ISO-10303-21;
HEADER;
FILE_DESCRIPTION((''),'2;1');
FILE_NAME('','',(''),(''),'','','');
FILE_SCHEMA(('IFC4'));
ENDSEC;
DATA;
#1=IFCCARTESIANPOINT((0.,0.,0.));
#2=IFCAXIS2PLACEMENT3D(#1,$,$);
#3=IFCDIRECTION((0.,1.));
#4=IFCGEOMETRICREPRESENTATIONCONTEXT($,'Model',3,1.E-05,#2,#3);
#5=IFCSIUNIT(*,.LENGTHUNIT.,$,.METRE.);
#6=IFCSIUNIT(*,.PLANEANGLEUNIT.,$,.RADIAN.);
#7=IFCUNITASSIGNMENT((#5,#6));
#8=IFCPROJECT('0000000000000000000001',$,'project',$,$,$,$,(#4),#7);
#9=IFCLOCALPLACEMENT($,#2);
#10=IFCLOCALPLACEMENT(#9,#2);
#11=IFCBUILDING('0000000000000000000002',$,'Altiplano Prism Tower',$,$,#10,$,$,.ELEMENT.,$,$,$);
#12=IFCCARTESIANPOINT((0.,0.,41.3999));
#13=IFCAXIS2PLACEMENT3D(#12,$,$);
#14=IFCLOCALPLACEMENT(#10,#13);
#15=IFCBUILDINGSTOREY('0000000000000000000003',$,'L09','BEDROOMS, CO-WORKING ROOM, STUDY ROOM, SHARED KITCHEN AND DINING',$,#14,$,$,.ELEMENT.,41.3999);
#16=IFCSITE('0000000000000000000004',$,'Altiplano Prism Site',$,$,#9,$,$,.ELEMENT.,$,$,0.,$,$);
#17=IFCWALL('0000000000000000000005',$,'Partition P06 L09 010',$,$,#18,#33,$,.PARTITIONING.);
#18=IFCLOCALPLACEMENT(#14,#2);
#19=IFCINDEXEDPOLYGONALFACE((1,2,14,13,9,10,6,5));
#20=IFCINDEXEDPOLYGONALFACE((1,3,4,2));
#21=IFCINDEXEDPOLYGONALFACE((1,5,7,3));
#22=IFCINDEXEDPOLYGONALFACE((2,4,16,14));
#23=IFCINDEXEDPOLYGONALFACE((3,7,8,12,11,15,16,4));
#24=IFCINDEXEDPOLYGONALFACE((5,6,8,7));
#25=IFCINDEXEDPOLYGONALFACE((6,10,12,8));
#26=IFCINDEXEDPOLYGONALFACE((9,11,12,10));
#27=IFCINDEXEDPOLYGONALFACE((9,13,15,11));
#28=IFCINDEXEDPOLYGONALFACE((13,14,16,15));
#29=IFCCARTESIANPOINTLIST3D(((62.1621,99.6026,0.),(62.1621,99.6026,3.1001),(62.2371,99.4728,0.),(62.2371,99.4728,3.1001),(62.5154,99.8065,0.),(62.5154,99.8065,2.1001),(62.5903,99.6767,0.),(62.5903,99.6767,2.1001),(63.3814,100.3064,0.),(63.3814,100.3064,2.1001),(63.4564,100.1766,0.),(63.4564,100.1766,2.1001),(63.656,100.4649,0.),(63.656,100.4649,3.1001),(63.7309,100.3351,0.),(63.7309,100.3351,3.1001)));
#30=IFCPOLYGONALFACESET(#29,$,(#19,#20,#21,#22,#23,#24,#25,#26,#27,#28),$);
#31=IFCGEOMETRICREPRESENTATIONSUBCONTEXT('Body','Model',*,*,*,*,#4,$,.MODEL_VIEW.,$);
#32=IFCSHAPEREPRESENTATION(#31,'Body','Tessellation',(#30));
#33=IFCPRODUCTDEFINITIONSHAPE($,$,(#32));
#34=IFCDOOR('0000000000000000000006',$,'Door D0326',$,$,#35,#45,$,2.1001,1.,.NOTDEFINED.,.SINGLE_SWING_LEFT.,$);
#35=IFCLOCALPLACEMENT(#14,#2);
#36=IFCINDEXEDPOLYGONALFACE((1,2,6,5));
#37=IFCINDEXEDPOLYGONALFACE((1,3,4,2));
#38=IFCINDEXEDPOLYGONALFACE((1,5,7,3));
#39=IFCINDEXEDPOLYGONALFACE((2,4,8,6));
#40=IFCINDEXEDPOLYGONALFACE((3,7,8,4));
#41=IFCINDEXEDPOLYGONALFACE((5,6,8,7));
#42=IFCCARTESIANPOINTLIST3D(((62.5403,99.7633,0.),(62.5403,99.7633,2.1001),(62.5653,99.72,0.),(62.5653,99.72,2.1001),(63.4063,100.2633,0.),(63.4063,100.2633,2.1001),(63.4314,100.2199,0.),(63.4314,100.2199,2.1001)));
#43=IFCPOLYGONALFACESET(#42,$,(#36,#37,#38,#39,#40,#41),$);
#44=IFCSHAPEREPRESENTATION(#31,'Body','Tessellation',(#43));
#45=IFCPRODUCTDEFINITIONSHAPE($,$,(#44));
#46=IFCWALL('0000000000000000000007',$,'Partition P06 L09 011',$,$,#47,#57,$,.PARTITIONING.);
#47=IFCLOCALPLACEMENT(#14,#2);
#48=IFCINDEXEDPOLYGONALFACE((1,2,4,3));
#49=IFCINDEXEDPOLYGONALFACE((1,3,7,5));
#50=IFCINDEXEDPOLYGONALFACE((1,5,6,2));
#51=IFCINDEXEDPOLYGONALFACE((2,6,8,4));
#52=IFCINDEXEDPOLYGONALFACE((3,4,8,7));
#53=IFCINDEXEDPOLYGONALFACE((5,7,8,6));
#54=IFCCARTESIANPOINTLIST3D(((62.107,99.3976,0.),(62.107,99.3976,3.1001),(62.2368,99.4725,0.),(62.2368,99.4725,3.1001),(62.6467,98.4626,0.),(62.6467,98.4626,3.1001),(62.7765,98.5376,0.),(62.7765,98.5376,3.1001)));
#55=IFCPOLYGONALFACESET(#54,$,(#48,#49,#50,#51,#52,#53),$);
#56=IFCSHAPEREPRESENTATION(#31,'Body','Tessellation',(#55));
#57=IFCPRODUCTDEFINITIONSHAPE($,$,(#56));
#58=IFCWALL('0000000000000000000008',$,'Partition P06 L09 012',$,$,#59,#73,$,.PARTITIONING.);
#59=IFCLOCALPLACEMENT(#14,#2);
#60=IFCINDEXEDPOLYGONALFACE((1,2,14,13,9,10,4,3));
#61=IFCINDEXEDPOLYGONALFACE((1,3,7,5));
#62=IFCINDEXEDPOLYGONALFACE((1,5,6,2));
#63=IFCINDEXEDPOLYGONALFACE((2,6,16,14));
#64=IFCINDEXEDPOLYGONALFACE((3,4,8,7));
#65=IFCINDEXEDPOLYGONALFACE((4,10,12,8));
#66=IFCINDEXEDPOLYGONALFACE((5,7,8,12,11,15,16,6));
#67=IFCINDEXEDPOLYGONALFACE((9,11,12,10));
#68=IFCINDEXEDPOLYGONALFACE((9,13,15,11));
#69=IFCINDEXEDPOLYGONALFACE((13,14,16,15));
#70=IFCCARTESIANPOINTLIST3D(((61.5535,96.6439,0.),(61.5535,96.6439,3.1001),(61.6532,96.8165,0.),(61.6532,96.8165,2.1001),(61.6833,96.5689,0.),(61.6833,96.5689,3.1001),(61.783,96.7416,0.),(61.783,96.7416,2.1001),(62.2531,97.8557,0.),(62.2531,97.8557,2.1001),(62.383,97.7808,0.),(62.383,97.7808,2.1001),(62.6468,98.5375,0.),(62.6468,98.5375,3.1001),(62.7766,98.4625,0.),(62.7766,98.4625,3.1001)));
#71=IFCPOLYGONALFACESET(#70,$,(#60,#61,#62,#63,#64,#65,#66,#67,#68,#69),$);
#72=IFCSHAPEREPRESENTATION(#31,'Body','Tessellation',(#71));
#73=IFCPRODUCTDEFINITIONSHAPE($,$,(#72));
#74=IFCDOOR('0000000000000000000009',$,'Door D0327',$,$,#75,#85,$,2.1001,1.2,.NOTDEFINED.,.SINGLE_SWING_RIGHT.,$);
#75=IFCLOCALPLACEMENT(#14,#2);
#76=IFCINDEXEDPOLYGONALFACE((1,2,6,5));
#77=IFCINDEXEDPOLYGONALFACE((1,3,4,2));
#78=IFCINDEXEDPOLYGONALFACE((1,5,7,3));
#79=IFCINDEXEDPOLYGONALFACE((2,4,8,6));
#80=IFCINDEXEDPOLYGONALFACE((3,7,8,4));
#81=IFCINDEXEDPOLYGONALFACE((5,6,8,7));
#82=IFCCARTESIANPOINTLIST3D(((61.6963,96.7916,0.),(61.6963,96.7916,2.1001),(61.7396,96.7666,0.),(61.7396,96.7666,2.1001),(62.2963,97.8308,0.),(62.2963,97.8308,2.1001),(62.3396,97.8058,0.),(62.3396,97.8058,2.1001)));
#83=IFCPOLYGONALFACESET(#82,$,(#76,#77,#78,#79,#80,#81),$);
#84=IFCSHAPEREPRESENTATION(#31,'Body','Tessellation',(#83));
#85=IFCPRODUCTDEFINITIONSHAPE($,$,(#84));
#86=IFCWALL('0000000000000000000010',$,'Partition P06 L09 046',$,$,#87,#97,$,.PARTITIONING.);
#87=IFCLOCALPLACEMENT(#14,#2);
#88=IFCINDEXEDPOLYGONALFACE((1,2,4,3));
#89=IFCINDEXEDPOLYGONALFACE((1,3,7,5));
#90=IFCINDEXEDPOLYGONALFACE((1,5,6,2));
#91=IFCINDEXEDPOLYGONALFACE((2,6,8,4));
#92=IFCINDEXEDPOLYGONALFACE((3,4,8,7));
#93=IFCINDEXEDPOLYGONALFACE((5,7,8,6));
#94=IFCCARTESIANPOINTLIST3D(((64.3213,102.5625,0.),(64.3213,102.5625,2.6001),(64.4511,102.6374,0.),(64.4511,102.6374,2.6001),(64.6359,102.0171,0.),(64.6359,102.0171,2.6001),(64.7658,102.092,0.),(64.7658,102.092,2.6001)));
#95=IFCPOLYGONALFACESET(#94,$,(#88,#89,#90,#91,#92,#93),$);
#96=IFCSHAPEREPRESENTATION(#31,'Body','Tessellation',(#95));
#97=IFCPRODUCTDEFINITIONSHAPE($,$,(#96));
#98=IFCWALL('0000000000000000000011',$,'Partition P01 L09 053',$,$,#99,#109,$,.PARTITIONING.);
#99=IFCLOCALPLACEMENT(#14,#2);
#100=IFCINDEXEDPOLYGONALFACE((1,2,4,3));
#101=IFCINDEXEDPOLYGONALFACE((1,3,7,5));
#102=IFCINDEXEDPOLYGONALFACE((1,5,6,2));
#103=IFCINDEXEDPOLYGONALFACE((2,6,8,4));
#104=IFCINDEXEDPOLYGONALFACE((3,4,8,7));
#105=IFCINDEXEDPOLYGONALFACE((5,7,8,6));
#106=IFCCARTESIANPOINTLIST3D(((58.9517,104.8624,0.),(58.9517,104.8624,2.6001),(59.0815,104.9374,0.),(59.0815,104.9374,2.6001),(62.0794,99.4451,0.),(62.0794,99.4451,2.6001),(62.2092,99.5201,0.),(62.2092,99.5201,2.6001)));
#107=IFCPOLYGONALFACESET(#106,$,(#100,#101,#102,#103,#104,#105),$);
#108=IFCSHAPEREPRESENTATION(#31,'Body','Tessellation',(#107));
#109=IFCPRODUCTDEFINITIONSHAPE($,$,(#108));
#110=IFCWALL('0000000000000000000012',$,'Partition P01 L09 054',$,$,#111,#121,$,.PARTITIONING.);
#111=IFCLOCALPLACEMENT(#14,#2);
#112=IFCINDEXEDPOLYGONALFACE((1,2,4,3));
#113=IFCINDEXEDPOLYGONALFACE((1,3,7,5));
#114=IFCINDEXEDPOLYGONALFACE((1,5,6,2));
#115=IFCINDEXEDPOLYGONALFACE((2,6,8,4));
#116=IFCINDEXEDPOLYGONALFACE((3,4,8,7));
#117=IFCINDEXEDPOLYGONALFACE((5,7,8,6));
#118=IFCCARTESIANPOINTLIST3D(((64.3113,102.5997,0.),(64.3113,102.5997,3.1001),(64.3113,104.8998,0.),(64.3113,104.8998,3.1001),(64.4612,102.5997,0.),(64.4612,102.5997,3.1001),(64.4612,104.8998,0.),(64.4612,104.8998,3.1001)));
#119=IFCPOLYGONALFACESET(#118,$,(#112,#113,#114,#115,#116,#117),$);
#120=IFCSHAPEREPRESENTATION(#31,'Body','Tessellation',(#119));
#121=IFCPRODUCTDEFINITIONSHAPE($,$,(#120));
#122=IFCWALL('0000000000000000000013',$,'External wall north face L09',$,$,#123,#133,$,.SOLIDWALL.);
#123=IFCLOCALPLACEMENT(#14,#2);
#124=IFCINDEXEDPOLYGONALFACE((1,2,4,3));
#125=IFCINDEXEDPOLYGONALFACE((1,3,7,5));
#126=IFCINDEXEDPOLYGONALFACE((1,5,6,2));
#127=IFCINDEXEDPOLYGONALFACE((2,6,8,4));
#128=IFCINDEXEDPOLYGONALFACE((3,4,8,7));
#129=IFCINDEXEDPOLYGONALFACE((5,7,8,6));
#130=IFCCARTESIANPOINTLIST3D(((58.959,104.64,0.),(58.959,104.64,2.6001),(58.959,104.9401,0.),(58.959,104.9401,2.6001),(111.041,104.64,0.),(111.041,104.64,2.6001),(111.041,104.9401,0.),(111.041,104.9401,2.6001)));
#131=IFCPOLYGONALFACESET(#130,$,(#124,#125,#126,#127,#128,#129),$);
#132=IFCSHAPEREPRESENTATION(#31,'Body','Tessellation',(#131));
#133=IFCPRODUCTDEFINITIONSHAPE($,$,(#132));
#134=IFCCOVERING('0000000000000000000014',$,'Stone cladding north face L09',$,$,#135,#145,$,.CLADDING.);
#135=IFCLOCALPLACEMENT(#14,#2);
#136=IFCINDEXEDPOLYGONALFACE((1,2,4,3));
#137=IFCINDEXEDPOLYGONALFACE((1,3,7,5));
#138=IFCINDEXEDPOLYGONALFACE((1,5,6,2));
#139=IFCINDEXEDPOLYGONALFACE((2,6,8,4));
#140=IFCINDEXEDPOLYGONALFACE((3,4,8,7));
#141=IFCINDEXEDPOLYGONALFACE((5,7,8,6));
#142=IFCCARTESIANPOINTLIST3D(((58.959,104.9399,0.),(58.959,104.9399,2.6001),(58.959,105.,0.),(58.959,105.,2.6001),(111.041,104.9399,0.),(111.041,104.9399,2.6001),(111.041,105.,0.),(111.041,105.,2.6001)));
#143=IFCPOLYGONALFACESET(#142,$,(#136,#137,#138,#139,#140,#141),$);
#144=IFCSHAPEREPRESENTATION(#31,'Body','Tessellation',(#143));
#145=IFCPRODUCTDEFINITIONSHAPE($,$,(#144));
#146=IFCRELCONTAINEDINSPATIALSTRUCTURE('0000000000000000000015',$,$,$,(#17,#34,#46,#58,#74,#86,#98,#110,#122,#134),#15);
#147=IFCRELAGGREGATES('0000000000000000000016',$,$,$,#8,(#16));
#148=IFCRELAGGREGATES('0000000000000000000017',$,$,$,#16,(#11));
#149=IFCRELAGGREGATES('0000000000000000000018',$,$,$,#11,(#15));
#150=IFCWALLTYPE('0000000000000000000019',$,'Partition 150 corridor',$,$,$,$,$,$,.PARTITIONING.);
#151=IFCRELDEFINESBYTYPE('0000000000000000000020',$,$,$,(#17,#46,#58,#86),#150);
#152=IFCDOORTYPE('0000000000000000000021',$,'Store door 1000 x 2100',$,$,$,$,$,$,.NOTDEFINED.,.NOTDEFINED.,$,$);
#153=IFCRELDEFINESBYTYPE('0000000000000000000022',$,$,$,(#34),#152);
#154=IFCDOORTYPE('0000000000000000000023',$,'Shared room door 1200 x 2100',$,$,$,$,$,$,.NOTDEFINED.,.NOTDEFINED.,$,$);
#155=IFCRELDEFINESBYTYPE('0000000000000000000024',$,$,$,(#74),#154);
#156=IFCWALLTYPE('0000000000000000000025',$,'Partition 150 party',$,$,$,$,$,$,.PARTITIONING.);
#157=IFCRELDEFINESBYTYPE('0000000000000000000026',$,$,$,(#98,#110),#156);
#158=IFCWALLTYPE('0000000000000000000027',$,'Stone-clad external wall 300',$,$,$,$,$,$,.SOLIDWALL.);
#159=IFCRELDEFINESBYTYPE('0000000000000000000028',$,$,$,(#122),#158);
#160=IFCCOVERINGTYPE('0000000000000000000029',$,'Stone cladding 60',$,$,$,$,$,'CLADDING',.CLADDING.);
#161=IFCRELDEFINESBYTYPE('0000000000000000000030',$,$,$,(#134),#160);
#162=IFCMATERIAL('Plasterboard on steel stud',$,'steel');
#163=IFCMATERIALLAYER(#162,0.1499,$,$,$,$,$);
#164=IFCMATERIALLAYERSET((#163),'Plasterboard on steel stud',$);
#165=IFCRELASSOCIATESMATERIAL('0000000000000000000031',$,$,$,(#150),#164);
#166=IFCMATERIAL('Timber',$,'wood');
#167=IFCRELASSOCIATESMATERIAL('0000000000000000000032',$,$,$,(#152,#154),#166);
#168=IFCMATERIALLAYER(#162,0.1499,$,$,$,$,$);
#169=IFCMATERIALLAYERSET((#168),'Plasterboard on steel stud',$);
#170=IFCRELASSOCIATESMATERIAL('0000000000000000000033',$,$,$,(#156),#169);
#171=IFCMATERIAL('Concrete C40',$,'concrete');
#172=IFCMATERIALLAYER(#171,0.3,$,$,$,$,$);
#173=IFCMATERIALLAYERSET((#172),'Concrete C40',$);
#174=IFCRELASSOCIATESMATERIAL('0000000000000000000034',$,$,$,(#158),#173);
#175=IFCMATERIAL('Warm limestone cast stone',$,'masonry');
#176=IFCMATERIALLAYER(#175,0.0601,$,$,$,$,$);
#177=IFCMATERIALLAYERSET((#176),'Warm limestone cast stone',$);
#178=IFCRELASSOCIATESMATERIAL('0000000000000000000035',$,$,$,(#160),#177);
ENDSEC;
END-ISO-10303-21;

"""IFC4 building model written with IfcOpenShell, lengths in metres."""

from ifc_helpers import new_model, si_unit, direction, frame, frame_2d, origin, place, context, subcontext, project, spatial, rectangle, extrude, material, layer, layer_set, type_object, element, fill, save


model = new_model("IFC4")

# Units and contexts
model_context = context("Model", 3, precision=1e-05, world=origin(), true_north=direction((0.0, 1.0)))
body_context = subcontext(model_context, "Body", "Model", "MODEL_VIEW")
ifc_project = project(units=[si_unit("LENGTHUNIT", "METRE"), si_unit("PLANEANGLEUNIT", "RADIAN")], contexts=[model_context])

# Site, building, storey
site_placement = place(None, origin())
site = spatial("IfcSite", under=ifc_project, at=site_placement, Name="Altiplano Prism Site", CompositionType="ELEMENT", RefElevation=0.0)
building_placement = place(site_placement, origin())
building = spatial("IfcBuilding", under=site, at=building_placement, Name="Altiplano Prism Tower", CompositionType="ELEMENT")
storey_placement = place(building_placement, frame((0.0, 0.0, 41.3999)))
storey = spatial("IfcBuildingStorey", under=building, at=storey_placement, Name="L09", Description="BEDROOMS, CO-WORKING ROOM, STUDY ROOM, SHARED KITCHEN AND DINING", CompositionType="ELEMENT", Elevation=41.3999)

# Shared definitions
ifc_material_1 = material(Name="Plasterboard on steel stud", Category="steel")
ifc_layer_1 = layer(ifc_material_1, 0.1499)
ifc_layer_set_1 = layer_set([ifc_layer_1], Name="Plasterboard on steel stud")
wall_type_1 = type_object("IfcWallType", Name="Partition 150 corridor", PredefinedType="PARTITIONING", material=ifc_layer_set_1)

# Wall, opening, door
wall_1_placement = place(storey_placement, frame((63.6934, 100.3999, 0.0), z_axis=(0.0, 0.0, 1.0), x_axis=(-0.866075, -0.499914, 0.0)))
wall_1 = element("IfcWall", 1, at=wall_1_placement, inside=storey, type_object=wall_type_1, Name="Partition P06 L09 010", PredefinedType="PARTITIONING", context=body_context, shape_type="SweptSolid", body=[
    extrude(rectangle(XDim=1.7249, YDim=0.1499, at=frame_2d((0.8623, 0.0))), origin(), (0.0, 0.0, 1.0), 3.1001),
])
opening_1_placement = place(wall_1_placement, frame((0.3169, 0.0, 0.0)))
opening_1 = element("IfcOpeningElement", 2, at=opening_1_placement, cuts=wall_1, PredefinedType="OPENING", context=body_context, shape_type="SweptSolid", body=[
    extrude(rectangle(XDim=1.0, YDim=2.1001, at=frame_2d((0.5, 1.05))), frame((0.0, 0.0854, 0.0), z_axis=(0.0, -1.0, 0.0), x_axis=(1.0, 0.0, 0.0)), (0.0, 0.0, 1.0), 0.1709),
])
ifc_material_2 = material(Name="Timber", Category="wood")
door_type_1 = type_object("IfcDoorType", Name="Store door 1000 x 2100", OperationType="NOTDEFINED", PredefinedType="NOTDEFINED", material=ifc_material_2)
door_1_placement = place(opening_1_placement, origin())
door_1 = element("IfcDoor", 3, at=door_1_placement, inside=storey, type_object=door_type_1, Name="Door D0326", OperationType="SINGLE_SWING_LEFT", OverallHeight=2.1001, OverallWidth=1.0, PredefinedType="NOTDEFINED", context=body_context, shape_type="SweptSolid", body=[
    extrude(rectangle(XDim=1.0, YDim=2.1001, at=frame_2d((0.5, 1.05))), frame((0.0, 0.0249, 0.0), z_axis=(0.0, -1.0, 0.0), x_axis=(1.0, 0.0, 0.0)), (0.0, 0.0, 1.0), 0.05),
])
fill(opening_1, door_1)

# Wall
wall_2_placement = place(storey_placement, frame((62.1719, 99.4351, 0.0), z_axis=(0.0, 0.0, 1.0), x_axis=(0.499957, -0.86605, 0.0)))
element("IfcWall", 4, at=wall_2_placement, inside=storey, type_object=wall_type_1, Name="Partition P06 L09 011", PredefinedType="PARTITIONING", context=body_context, shape_type="SweptSolid", body=[
    extrude(rectangle(XDim=1.0796, YDim=0.1499, at=frame_2d((0.5398, 0.0))), origin(), (0.0, 0.0, 1.0), 3.1001),
])

# Wall, opening, door
wall_3_placement = place(storey_placement, frame((62.7117, 98.5, 0.0), z_axis=(0.0, 0.0, 1.0), x_axis=(-0.500006, -0.866022, 0.0)))
wall_3 = element("IfcWall", 5, at=wall_3_placement, inside=storey, type_object=wall_type_1, Name="Partition P06 L09 012", PredefinedType="PARTITIONING", context=body_context, shape_type="SweptSolid", body=[
    extrude(rectangle(XDim=2.1865, YDim=0.1499, at=frame_2d((1.0933, 0.0))), origin(), (0.0, 0.0, 1.0), 3.1001),
])
opening_2_placement = place(wall_3_placement, frame((0.7871, 0.0, 0.0)))
opening_2 = element("IfcOpeningElement", 6, at=opening_2_placement, cuts=wall_3, PredefinedType="OPENING", context=body_context, shape_type="SweptSolid", body=[
    extrude(rectangle(XDim=1.2, YDim=2.1001, at=frame_2d((0.6001, 1.05))), frame((0.0, 0.0854, 0.0), z_axis=(0.0, -1.0, 0.0), x_axis=(1.0, 0.0, 0.0)), (0.0, 0.0, 1.0), 0.1709),
])
door_type_2 = type_object("IfcDoorType", Name="Shared room door 1200 x 2100", OperationType="NOTDEFINED", PredefinedType="NOTDEFINED", material=ifc_material_2)
door_2_placement = place(opening_2_placement, origin())
door_2 = element("IfcDoor", 7, at=door_2_placement, inside=storey, type_object=door_type_2, Name="Door D0327", OperationType="SINGLE_SWING_RIGHT", OverallHeight=2.1001, OverallWidth=1.2, PredefinedType="NOTDEFINED", context=body_context, shape_type="SweptSolid", body=[
    extrude(rectangle(XDim=1.2, YDim=2.1001, at=frame_2d((0.6001, 1.05))), frame((0.0, 0.0249, 0.0), z_axis=(0.0, -1.0, 0.0), x_axis=(1.0, 0.0, 0.0)), (0.0, 0.0, 1.0), 0.05),
])
fill(opening_2, door_2)

# Walls
wall_4_placement = place(storey_placement, frame((64.7009, 102.0544, 0.0), z_axis=(0.0, 0.0, 1.0), x_axis=(-0.499767, 0.86616, 0.0)))
element("IfcWall", 8, at=wall_4_placement, inside=storey, type_object=wall_type_1, Name="Partition P06 L09 046", PredefinedType="PARTITIONING", context=body_context, shape_type="SweptSolid", body=[
    extrude(rectangle(XDim=0.6296, YDim=0.1499, at=frame_2d((0.3149, 0.0))), origin(), (0.0, 0.0, 1.0), 2.6001),
])
ifc_layer_2 = layer(ifc_material_1, 0.1499)
ifc_layer_set_2 = layer_set([ifc_layer_2], Name="Plasterboard on steel stud")
wall_type_2 = type_object("IfcWallType", Name="Partition 150 party", PredefinedType="PARTITIONING", material=ifc_layer_set_2)
wall_5_placement = place(storey_placement, frame((59.0166, 104.8999, 0.0), z_axis=(0.0, 0.0, 1.0), x_axis=(0.500005, -0.866022, 0.0)))
element("IfcWall", 9, at=wall_5_placement, inside=storey, type_object=wall_type_2, Name="Partition P01 L09 053", PredefinedType="PARTITIONING", context=body_context, shape_type="SweptSolid", body=[
    extrude(rectangle(XDim=6.2554, YDim=0.1499, at=frame_2d((3.1277, 0.0))), origin(), (0.0, 0.0, 1.0), 2.6001),
])
wall_6_placement = place(storey_placement, frame((64.3862, 102.5999, 0.0), z_axis=(0.0, 0.0, 1.0), x_axis=(0.0, 1.0, 0.0)))
element("IfcWall", 10, at=wall_6_placement, inside=storey, type_object=wall_type_2, Name="Partition P01 L09 054", PredefinedType="PARTITIONING", context=body_context, shape_type="SweptSolid", body=[
    extrude(rectangle(XDim=2.3, YDim=0.1499, at=frame_2d((1.1499, 0.0))), origin(), (0.0, 0.0, 1.0), 3.1001),
])
ifc_material_3 = material(Name="Concrete C40", Category="concrete")
ifc_layer_3 = layer(ifc_material_3, 0.3)
ifc_layer_set_3 = layer_set([ifc_layer_3], Name="Concrete C40")
wall_type_3 = type_object("IfcWallType", Name="Stone-clad external wall 300", PredefinedType="SOLIDWALL", material=ifc_layer_set_3)
wall_7_placement = place(storey_placement, frame((58.959, 104.79, 0.0), z_axis=(0.0, 0.0, 1.0), x_axis=(1.0, 0.0, 0.0)))
element("IfcWall", 11, at=wall_7_placement, inside=storey, type_object=wall_type_3, Name="External wall north face L09", PredefinedType="SOLIDWALL", context=body_context, shape_type="SweptSolid", body=[
    extrude(rectangle(XDim=52.082, YDim=0.3, at=frame_2d((26.041, 0.0))), origin(), (0.0, 0.0, 1.0), 2.6001),
])

# Covering
ifc_material_4 = material(Name="Warm limestone cast stone", Category="masonry")
ifc_layer_4 = layer(ifc_material_4, 0.0601)
ifc_layer_set_4 = layer_set([ifc_layer_4], Name="Warm limestone cast stone")
covering_type = type_object("IfcCoveringType", Name="Stone cladding 60", ElementType="CLADDING", PredefinedType="CLADDING", material=ifc_layer_set_4)
covering_placement = place(storey_placement, frame((58.959, 104.97, 0.0), z_axis=(0.0, 0.0, 1.0), x_axis=(1.0, 0.0, 0.0)))
element("IfcCovering", 12, at=covering_placement, inside=storey, type_object=covering_type, Name="Stone cladding north face L09", PredefinedType="CLADDING", context=body_context, shape_type="SweptSolid", body=[
    extrude(rectangle(XDim=52.082, YDim=0.0601, at=frame_2d((26.041, 0.0))), origin(), (0.0, 0.0, 1.0), 2.6001),
])

save(model, "model.ifc")
